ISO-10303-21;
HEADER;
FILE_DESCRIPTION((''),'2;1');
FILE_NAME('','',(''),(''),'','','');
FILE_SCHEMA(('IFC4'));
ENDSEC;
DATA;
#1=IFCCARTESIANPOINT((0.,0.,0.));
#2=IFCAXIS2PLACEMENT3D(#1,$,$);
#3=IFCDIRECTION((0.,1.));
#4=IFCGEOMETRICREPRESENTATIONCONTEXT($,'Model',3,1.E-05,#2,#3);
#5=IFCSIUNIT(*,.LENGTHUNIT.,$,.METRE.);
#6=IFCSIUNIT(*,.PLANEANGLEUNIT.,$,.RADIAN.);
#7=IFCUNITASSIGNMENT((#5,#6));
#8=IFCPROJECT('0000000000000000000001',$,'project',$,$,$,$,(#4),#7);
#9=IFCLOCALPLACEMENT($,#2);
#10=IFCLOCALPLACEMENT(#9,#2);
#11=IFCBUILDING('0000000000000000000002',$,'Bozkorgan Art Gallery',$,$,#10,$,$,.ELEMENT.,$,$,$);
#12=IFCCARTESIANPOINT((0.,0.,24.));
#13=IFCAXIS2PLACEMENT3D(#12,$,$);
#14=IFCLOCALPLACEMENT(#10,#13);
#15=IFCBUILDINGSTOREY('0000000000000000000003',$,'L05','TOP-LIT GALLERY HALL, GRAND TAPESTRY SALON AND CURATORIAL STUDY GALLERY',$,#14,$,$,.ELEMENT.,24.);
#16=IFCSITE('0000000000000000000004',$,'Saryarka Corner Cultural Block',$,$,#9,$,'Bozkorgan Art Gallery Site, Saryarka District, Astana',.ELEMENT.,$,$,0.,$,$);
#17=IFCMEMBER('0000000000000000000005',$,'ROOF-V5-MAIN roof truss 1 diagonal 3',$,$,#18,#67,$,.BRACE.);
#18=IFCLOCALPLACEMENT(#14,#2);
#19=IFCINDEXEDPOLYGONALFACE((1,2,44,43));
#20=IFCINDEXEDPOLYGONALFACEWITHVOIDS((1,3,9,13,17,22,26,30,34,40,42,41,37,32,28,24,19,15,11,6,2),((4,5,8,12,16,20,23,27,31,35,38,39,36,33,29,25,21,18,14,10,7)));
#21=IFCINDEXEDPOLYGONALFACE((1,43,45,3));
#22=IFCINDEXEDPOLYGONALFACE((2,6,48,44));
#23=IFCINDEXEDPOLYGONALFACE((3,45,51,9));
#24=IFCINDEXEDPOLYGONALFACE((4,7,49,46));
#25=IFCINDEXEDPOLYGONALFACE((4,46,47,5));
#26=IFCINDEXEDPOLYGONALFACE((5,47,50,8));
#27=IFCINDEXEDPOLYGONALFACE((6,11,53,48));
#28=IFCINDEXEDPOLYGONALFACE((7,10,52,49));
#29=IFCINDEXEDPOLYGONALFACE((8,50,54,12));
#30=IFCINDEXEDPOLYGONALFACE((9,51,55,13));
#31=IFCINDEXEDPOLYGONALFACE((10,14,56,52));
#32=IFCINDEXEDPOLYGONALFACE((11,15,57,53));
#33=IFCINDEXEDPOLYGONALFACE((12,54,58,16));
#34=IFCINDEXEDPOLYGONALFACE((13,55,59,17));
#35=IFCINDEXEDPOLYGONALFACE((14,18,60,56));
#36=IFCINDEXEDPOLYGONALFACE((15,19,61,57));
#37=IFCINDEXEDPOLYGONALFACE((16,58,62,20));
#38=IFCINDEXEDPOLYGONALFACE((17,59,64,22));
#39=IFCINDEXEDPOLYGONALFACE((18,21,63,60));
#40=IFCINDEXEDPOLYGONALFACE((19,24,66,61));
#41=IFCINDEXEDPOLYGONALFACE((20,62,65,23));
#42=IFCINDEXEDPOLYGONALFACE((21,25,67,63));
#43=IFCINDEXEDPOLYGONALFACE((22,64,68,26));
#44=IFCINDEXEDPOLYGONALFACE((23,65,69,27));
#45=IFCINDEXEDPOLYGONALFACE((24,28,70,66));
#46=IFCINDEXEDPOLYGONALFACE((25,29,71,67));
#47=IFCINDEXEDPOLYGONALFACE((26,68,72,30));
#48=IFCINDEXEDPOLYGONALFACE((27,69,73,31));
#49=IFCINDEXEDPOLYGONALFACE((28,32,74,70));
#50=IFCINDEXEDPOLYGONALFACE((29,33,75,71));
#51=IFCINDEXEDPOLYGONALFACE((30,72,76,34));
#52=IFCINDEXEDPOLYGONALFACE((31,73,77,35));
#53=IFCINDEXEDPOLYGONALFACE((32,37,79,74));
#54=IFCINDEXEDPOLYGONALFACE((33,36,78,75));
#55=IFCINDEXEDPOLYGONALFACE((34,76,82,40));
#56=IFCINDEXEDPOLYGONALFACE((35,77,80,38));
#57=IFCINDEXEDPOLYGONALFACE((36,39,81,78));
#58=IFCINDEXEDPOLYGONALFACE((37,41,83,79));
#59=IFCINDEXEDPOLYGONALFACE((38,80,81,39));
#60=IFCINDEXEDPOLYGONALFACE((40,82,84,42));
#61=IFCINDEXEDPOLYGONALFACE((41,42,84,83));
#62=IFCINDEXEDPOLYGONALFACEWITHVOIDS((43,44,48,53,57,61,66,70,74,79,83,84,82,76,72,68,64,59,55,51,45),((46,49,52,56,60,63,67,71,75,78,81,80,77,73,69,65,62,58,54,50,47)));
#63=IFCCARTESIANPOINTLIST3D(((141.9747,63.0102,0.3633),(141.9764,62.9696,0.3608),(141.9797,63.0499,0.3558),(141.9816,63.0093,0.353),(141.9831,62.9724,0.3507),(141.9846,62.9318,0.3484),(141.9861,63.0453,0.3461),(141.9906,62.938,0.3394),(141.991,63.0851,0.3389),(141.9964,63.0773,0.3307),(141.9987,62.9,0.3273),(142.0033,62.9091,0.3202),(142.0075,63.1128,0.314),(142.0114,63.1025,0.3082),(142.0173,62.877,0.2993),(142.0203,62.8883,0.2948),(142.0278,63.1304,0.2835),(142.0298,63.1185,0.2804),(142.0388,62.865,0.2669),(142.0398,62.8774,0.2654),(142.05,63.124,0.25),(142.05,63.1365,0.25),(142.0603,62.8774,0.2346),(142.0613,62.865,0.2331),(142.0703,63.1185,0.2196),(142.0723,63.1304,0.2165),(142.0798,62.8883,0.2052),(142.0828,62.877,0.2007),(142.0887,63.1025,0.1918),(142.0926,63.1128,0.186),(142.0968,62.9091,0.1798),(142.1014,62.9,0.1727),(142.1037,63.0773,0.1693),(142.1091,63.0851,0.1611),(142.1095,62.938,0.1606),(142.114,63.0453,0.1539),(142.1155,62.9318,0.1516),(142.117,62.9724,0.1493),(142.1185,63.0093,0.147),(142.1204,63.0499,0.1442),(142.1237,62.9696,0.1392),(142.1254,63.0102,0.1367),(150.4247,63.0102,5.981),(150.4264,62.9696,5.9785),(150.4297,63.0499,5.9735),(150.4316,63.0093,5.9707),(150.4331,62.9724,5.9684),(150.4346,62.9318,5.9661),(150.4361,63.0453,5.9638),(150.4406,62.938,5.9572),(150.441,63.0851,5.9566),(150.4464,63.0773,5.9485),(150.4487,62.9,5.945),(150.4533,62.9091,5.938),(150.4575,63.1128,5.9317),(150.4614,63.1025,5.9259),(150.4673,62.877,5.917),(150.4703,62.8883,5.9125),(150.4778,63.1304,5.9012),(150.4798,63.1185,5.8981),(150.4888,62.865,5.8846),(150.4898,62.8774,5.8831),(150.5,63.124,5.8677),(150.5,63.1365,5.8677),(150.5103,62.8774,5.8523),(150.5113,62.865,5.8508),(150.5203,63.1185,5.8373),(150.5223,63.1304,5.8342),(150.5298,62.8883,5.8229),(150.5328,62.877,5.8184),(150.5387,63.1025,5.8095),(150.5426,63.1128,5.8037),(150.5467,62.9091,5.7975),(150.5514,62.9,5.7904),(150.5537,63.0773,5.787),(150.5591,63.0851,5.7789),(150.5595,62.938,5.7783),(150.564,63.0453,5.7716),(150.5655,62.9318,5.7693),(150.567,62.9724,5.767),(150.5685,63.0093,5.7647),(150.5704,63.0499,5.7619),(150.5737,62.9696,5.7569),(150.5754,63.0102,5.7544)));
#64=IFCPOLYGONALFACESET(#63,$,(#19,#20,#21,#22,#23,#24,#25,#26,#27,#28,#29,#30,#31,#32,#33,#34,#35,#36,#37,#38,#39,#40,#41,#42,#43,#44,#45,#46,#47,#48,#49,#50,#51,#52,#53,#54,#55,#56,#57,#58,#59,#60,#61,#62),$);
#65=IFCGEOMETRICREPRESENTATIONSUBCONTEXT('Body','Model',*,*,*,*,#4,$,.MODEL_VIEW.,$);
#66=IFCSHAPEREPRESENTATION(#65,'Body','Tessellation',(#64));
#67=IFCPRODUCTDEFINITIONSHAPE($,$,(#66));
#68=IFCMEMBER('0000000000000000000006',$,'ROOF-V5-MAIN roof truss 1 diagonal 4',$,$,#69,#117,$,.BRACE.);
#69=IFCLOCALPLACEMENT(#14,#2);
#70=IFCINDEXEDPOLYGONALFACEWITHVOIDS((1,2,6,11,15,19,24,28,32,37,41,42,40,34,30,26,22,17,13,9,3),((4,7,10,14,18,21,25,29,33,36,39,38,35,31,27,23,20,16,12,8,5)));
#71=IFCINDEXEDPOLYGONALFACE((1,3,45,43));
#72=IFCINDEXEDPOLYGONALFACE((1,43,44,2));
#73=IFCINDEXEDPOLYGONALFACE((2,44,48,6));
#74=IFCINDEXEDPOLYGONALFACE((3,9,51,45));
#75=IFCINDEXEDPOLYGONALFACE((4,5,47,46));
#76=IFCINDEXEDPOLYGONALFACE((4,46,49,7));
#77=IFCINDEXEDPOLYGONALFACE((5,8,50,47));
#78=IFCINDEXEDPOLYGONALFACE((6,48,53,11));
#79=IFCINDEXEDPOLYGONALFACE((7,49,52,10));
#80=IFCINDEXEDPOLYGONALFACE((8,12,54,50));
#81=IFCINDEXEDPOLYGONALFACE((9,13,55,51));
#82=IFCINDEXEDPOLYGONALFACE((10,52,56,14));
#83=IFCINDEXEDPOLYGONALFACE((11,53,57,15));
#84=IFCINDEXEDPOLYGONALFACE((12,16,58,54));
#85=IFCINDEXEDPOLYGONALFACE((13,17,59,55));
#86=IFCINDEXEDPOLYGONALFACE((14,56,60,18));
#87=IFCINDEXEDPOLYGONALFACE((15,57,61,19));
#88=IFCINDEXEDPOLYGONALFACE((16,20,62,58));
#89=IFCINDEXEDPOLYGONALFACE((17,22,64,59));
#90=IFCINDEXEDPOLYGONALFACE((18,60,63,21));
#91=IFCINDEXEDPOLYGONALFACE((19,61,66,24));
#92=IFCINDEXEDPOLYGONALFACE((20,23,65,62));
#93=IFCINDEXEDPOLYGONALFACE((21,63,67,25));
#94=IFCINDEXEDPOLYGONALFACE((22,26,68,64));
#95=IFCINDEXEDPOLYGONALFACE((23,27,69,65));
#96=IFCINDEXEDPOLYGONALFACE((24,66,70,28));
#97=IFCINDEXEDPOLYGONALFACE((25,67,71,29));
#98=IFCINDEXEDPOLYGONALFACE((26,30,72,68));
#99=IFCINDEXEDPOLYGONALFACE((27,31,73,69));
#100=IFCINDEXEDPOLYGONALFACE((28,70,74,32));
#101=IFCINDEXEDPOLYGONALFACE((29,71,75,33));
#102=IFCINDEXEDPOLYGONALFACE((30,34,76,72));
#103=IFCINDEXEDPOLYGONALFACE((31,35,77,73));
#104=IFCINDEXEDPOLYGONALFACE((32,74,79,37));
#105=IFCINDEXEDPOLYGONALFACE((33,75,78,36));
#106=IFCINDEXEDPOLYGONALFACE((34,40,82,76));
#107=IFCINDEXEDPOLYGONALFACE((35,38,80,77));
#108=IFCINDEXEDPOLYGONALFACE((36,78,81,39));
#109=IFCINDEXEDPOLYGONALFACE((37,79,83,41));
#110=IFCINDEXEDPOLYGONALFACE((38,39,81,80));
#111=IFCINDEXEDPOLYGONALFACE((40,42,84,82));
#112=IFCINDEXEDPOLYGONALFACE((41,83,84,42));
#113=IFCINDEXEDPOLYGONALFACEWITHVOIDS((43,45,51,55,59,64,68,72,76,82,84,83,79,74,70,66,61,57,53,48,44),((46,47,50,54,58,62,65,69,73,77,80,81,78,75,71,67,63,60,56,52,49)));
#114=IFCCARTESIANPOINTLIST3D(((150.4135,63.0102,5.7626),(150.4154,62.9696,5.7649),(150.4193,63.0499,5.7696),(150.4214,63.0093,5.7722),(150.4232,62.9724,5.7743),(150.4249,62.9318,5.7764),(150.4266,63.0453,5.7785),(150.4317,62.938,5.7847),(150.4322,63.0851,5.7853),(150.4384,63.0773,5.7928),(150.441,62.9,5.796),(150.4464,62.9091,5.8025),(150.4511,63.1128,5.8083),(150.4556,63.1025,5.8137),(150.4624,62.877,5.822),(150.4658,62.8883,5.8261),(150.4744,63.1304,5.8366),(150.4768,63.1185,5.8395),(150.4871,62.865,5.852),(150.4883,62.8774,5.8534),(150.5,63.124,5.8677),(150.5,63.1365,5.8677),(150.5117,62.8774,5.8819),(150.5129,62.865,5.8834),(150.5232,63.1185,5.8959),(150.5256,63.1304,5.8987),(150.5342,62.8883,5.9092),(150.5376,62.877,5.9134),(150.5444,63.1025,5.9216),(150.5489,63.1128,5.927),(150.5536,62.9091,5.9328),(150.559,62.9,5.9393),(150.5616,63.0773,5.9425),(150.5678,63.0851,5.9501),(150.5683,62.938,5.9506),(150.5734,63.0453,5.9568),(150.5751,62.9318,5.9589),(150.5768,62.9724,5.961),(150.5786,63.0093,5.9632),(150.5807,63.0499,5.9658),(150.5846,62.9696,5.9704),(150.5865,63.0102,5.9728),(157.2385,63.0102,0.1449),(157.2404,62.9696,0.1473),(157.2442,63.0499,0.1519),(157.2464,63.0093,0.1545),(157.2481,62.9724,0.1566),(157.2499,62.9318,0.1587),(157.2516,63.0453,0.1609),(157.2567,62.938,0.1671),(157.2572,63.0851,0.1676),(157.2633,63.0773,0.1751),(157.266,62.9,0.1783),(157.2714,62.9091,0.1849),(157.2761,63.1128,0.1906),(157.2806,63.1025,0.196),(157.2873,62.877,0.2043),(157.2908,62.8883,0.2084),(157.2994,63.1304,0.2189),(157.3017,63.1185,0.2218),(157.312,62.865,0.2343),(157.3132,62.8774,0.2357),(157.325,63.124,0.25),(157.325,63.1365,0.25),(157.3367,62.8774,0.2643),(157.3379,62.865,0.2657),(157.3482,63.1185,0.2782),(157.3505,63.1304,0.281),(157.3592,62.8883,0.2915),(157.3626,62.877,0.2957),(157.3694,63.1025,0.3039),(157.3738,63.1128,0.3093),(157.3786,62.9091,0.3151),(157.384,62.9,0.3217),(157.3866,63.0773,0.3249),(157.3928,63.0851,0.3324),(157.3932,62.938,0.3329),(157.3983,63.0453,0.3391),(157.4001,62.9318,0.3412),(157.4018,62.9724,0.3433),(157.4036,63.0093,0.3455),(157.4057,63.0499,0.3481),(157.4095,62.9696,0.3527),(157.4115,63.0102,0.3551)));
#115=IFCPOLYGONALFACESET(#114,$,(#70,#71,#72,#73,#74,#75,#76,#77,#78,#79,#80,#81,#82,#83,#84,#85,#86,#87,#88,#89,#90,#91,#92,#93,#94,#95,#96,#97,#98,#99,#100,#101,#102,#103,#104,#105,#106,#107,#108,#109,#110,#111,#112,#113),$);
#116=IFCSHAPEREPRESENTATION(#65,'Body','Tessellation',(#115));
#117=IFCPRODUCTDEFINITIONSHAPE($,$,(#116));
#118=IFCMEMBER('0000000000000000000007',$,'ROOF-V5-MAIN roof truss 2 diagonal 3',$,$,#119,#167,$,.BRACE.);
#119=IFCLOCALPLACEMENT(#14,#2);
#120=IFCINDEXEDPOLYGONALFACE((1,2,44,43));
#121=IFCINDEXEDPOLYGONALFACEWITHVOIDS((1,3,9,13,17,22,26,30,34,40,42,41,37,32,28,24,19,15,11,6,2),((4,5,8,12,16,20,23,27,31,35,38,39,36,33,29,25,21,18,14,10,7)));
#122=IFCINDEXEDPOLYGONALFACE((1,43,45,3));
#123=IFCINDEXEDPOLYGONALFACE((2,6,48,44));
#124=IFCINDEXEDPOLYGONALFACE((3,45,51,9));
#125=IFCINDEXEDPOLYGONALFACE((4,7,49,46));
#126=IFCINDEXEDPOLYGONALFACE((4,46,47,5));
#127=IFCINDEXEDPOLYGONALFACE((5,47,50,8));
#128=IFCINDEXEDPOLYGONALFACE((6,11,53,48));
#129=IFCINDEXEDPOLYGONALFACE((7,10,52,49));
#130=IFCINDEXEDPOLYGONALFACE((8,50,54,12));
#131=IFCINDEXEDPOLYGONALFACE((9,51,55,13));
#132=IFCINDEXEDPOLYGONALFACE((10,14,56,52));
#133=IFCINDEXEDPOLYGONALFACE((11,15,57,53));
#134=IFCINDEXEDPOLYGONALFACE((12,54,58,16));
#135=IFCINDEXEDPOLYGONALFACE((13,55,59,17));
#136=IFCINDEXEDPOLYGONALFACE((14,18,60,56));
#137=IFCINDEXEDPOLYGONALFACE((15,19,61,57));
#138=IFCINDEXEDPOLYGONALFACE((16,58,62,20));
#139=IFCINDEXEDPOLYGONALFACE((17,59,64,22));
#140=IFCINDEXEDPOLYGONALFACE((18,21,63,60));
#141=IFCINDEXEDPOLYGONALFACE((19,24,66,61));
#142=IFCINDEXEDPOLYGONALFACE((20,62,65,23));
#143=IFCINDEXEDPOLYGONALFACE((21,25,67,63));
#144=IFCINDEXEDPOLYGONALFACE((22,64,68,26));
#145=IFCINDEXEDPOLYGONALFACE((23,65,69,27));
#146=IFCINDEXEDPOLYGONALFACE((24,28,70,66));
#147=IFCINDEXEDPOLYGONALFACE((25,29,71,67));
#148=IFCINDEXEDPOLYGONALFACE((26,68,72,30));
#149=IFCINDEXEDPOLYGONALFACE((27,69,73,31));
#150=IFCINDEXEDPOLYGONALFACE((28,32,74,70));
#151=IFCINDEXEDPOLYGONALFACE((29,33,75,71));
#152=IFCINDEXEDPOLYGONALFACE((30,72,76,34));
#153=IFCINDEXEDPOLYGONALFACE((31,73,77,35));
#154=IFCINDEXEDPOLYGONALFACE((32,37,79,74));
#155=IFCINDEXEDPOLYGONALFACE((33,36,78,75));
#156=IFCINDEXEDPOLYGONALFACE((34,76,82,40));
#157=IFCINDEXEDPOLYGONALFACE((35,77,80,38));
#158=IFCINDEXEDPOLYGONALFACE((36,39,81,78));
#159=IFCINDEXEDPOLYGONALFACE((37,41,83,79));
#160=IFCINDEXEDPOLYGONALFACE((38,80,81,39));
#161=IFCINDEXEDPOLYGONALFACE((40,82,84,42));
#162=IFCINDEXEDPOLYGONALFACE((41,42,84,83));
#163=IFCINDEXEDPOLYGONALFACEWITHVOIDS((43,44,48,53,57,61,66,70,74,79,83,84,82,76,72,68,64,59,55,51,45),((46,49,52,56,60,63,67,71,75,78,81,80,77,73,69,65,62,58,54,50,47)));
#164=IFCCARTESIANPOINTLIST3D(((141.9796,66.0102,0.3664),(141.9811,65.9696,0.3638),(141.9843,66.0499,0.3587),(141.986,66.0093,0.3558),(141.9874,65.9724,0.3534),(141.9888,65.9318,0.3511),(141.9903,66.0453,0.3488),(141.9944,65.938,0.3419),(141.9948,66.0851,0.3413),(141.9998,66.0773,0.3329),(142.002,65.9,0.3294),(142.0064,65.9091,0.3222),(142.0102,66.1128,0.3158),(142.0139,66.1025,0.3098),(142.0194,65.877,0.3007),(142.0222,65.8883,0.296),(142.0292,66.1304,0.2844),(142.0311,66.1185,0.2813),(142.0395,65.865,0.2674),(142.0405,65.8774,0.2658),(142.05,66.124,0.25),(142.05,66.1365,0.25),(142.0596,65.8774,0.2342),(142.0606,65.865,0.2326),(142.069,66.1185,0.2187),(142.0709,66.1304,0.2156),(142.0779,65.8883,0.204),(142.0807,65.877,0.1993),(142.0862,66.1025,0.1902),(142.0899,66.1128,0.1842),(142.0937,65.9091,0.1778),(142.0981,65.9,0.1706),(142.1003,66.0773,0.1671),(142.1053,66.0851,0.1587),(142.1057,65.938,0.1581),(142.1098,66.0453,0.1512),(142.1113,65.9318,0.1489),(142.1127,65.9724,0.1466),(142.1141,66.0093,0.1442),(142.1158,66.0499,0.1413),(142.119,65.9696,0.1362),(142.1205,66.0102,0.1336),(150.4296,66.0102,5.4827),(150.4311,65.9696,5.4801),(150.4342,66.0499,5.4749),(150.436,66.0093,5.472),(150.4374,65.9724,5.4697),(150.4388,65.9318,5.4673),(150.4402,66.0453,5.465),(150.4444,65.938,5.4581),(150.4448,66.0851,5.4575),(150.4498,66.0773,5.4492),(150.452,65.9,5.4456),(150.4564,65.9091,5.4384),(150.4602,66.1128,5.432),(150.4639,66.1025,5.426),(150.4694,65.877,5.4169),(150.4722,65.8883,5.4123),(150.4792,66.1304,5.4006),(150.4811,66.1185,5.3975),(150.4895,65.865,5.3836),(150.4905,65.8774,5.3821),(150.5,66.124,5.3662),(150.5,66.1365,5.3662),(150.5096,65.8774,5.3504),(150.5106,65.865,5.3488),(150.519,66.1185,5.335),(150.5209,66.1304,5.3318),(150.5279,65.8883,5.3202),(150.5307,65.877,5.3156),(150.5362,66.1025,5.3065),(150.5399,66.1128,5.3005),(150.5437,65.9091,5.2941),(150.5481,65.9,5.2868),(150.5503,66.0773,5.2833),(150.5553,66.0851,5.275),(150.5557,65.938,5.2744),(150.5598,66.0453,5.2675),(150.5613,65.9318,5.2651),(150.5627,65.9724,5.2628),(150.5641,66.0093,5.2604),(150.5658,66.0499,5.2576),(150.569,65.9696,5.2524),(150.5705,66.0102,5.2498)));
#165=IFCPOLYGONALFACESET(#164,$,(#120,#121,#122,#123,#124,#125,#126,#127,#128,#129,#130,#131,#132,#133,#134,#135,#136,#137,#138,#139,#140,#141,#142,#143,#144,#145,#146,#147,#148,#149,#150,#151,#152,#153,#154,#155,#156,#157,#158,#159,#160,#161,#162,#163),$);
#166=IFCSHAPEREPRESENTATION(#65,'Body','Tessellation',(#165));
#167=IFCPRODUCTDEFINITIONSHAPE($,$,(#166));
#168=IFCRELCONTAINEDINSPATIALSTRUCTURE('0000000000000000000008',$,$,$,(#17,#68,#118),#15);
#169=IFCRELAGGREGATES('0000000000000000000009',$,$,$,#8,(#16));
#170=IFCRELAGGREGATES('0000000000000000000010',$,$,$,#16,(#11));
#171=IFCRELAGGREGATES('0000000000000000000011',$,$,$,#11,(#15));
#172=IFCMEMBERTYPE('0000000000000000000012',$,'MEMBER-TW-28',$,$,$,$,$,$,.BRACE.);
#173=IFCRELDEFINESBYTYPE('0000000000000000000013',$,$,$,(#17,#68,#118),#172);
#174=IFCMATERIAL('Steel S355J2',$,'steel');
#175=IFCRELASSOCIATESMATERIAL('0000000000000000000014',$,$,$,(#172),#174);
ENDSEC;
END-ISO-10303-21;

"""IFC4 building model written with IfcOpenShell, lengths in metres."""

from ifc_helpers import new_model, si_unit, direction, frame, origin, origin_2d, place, context, subcontext, project, spatial, hollow_circle, extrude, material, material_profile, profile_set, type_object, element, save


model = new_model("IFC4")

# Units and contexts
model_context = context("Model", 3, precision=1e-05, world=origin(), true_north=direction((0.0, 1.0)))
body_context = subcontext(model_context, "Body", "Model", "MODEL_VIEW")
ifc_project = project(units=[si_unit("LENGTHUNIT", "METRE"), si_unit("PLANEANGLEUNIT", "RADIAN")], contexts=[model_context])

# Site, building, storey
site_placement = place(None, origin())
site = spatial("IfcSite", under=ifc_project, at=site_placement, Name="Saryarka Corner Cultural Block", LongName="Bozkorgan Art Gallery Site, Saryarka District, Astana", CompositionType="ELEMENT", RefElevation=0.0)
building_placement = place(site_placement, origin())
building = spatial("IfcBuilding", under=site, at=building_placement, Name="Bozkorgan Art Gallery", CompositionType="ELEMENT")
storey_placement = place(building_placement, frame((0.0, 0.0, 24.0)))
storey = spatial("IfcBuildingStorey", under=building, at=storey_placement, Name="L05", Description="TOP-LIT GALLERY HALL, GRAND TAPESTRY SALON AND CURATORIAL STUDY GALLERY", CompositionType="ELEMENT", Elevation=24.0)

# Shared definitions
ifc_material = material(Name="Steel S355J2", Category="steel")

# Members
ifc_material_profile_1 = material_profile(ifc_material, hollow_circle(Radius=0.1365, WallThickness=0.0125, at=origin_2d()), Name="CHS 273x12.5")
ifc_profile_set_1 = profile_set([ifc_material_profile_1], Name="Steel S355J2")
member_type_1 = type_object("IfcMemberType", Name="MEMBER-TW-28", PredefinedType="BRACE", material=ifc_profile_set_1)
member_1_placement = place(storey_placement, frame((142.05, 63.0, 0.25), z_axis=(0.83276, 0.0, 0.553634), x_axis=(0.0, 1.0, 0.0)))
element("IfcMember", 1, at=member_1_placement, inside=storey, type_object=member_type_1, Name="ROOF-V5-MAIN roof truss 1 diagonal 3", PredefinedType="BRACE", context=body_context, shape_type="SweptSolid", body=[
    extrude(hollow_circle(Radius=0.1365, WallThickness=0.0125, at=origin_2d()), origin(), (0.0, 0.0, 1.0), 10.147),
])
member_2_placement = place(storey_placement, frame((150.5, 63.0, 5.8677), z_axis=(0.77209, 0.0, -0.635514), x_axis=(0.0, 1.0, 0.0)))
element("IfcMember", 2, at=member_2_placement, inside=storey, type_object=member_type_1, Name="ROOF-V5-MAIN roof truss 1 diagonal 4", PredefinedType="BRACE", context=body_context, shape_type="SweptSolid", body=[
    extrude(hollow_circle(Radius=0.1365, WallThickness=0.0125, at=origin_2d()), origin(), (0.0, 0.0, 1.0), 8.8396),
])
member_3_placement = place(storey_placement, frame((142.05, 66.0, 0.25), z_axis=(0.855421, 0.0, 0.517934), x_axis=(0.0, 1.0, 0.0)))
element("IfcMember", 3, at=member_3_placement, inside=storey, type_object=member_type_1, Name="ROOF-V5-MAIN roof truss 2 diagonal 3", PredefinedType="BRACE", context=body_context, shape_type="SweptSolid", body=[
    extrude(hollow_circle(Radius=0.1365, WallThickness=0.0125, at=origin_2d()), origin(), (0.0, 0.0, 1.0), 9.8782),
])

save(model, "model.ifc")
